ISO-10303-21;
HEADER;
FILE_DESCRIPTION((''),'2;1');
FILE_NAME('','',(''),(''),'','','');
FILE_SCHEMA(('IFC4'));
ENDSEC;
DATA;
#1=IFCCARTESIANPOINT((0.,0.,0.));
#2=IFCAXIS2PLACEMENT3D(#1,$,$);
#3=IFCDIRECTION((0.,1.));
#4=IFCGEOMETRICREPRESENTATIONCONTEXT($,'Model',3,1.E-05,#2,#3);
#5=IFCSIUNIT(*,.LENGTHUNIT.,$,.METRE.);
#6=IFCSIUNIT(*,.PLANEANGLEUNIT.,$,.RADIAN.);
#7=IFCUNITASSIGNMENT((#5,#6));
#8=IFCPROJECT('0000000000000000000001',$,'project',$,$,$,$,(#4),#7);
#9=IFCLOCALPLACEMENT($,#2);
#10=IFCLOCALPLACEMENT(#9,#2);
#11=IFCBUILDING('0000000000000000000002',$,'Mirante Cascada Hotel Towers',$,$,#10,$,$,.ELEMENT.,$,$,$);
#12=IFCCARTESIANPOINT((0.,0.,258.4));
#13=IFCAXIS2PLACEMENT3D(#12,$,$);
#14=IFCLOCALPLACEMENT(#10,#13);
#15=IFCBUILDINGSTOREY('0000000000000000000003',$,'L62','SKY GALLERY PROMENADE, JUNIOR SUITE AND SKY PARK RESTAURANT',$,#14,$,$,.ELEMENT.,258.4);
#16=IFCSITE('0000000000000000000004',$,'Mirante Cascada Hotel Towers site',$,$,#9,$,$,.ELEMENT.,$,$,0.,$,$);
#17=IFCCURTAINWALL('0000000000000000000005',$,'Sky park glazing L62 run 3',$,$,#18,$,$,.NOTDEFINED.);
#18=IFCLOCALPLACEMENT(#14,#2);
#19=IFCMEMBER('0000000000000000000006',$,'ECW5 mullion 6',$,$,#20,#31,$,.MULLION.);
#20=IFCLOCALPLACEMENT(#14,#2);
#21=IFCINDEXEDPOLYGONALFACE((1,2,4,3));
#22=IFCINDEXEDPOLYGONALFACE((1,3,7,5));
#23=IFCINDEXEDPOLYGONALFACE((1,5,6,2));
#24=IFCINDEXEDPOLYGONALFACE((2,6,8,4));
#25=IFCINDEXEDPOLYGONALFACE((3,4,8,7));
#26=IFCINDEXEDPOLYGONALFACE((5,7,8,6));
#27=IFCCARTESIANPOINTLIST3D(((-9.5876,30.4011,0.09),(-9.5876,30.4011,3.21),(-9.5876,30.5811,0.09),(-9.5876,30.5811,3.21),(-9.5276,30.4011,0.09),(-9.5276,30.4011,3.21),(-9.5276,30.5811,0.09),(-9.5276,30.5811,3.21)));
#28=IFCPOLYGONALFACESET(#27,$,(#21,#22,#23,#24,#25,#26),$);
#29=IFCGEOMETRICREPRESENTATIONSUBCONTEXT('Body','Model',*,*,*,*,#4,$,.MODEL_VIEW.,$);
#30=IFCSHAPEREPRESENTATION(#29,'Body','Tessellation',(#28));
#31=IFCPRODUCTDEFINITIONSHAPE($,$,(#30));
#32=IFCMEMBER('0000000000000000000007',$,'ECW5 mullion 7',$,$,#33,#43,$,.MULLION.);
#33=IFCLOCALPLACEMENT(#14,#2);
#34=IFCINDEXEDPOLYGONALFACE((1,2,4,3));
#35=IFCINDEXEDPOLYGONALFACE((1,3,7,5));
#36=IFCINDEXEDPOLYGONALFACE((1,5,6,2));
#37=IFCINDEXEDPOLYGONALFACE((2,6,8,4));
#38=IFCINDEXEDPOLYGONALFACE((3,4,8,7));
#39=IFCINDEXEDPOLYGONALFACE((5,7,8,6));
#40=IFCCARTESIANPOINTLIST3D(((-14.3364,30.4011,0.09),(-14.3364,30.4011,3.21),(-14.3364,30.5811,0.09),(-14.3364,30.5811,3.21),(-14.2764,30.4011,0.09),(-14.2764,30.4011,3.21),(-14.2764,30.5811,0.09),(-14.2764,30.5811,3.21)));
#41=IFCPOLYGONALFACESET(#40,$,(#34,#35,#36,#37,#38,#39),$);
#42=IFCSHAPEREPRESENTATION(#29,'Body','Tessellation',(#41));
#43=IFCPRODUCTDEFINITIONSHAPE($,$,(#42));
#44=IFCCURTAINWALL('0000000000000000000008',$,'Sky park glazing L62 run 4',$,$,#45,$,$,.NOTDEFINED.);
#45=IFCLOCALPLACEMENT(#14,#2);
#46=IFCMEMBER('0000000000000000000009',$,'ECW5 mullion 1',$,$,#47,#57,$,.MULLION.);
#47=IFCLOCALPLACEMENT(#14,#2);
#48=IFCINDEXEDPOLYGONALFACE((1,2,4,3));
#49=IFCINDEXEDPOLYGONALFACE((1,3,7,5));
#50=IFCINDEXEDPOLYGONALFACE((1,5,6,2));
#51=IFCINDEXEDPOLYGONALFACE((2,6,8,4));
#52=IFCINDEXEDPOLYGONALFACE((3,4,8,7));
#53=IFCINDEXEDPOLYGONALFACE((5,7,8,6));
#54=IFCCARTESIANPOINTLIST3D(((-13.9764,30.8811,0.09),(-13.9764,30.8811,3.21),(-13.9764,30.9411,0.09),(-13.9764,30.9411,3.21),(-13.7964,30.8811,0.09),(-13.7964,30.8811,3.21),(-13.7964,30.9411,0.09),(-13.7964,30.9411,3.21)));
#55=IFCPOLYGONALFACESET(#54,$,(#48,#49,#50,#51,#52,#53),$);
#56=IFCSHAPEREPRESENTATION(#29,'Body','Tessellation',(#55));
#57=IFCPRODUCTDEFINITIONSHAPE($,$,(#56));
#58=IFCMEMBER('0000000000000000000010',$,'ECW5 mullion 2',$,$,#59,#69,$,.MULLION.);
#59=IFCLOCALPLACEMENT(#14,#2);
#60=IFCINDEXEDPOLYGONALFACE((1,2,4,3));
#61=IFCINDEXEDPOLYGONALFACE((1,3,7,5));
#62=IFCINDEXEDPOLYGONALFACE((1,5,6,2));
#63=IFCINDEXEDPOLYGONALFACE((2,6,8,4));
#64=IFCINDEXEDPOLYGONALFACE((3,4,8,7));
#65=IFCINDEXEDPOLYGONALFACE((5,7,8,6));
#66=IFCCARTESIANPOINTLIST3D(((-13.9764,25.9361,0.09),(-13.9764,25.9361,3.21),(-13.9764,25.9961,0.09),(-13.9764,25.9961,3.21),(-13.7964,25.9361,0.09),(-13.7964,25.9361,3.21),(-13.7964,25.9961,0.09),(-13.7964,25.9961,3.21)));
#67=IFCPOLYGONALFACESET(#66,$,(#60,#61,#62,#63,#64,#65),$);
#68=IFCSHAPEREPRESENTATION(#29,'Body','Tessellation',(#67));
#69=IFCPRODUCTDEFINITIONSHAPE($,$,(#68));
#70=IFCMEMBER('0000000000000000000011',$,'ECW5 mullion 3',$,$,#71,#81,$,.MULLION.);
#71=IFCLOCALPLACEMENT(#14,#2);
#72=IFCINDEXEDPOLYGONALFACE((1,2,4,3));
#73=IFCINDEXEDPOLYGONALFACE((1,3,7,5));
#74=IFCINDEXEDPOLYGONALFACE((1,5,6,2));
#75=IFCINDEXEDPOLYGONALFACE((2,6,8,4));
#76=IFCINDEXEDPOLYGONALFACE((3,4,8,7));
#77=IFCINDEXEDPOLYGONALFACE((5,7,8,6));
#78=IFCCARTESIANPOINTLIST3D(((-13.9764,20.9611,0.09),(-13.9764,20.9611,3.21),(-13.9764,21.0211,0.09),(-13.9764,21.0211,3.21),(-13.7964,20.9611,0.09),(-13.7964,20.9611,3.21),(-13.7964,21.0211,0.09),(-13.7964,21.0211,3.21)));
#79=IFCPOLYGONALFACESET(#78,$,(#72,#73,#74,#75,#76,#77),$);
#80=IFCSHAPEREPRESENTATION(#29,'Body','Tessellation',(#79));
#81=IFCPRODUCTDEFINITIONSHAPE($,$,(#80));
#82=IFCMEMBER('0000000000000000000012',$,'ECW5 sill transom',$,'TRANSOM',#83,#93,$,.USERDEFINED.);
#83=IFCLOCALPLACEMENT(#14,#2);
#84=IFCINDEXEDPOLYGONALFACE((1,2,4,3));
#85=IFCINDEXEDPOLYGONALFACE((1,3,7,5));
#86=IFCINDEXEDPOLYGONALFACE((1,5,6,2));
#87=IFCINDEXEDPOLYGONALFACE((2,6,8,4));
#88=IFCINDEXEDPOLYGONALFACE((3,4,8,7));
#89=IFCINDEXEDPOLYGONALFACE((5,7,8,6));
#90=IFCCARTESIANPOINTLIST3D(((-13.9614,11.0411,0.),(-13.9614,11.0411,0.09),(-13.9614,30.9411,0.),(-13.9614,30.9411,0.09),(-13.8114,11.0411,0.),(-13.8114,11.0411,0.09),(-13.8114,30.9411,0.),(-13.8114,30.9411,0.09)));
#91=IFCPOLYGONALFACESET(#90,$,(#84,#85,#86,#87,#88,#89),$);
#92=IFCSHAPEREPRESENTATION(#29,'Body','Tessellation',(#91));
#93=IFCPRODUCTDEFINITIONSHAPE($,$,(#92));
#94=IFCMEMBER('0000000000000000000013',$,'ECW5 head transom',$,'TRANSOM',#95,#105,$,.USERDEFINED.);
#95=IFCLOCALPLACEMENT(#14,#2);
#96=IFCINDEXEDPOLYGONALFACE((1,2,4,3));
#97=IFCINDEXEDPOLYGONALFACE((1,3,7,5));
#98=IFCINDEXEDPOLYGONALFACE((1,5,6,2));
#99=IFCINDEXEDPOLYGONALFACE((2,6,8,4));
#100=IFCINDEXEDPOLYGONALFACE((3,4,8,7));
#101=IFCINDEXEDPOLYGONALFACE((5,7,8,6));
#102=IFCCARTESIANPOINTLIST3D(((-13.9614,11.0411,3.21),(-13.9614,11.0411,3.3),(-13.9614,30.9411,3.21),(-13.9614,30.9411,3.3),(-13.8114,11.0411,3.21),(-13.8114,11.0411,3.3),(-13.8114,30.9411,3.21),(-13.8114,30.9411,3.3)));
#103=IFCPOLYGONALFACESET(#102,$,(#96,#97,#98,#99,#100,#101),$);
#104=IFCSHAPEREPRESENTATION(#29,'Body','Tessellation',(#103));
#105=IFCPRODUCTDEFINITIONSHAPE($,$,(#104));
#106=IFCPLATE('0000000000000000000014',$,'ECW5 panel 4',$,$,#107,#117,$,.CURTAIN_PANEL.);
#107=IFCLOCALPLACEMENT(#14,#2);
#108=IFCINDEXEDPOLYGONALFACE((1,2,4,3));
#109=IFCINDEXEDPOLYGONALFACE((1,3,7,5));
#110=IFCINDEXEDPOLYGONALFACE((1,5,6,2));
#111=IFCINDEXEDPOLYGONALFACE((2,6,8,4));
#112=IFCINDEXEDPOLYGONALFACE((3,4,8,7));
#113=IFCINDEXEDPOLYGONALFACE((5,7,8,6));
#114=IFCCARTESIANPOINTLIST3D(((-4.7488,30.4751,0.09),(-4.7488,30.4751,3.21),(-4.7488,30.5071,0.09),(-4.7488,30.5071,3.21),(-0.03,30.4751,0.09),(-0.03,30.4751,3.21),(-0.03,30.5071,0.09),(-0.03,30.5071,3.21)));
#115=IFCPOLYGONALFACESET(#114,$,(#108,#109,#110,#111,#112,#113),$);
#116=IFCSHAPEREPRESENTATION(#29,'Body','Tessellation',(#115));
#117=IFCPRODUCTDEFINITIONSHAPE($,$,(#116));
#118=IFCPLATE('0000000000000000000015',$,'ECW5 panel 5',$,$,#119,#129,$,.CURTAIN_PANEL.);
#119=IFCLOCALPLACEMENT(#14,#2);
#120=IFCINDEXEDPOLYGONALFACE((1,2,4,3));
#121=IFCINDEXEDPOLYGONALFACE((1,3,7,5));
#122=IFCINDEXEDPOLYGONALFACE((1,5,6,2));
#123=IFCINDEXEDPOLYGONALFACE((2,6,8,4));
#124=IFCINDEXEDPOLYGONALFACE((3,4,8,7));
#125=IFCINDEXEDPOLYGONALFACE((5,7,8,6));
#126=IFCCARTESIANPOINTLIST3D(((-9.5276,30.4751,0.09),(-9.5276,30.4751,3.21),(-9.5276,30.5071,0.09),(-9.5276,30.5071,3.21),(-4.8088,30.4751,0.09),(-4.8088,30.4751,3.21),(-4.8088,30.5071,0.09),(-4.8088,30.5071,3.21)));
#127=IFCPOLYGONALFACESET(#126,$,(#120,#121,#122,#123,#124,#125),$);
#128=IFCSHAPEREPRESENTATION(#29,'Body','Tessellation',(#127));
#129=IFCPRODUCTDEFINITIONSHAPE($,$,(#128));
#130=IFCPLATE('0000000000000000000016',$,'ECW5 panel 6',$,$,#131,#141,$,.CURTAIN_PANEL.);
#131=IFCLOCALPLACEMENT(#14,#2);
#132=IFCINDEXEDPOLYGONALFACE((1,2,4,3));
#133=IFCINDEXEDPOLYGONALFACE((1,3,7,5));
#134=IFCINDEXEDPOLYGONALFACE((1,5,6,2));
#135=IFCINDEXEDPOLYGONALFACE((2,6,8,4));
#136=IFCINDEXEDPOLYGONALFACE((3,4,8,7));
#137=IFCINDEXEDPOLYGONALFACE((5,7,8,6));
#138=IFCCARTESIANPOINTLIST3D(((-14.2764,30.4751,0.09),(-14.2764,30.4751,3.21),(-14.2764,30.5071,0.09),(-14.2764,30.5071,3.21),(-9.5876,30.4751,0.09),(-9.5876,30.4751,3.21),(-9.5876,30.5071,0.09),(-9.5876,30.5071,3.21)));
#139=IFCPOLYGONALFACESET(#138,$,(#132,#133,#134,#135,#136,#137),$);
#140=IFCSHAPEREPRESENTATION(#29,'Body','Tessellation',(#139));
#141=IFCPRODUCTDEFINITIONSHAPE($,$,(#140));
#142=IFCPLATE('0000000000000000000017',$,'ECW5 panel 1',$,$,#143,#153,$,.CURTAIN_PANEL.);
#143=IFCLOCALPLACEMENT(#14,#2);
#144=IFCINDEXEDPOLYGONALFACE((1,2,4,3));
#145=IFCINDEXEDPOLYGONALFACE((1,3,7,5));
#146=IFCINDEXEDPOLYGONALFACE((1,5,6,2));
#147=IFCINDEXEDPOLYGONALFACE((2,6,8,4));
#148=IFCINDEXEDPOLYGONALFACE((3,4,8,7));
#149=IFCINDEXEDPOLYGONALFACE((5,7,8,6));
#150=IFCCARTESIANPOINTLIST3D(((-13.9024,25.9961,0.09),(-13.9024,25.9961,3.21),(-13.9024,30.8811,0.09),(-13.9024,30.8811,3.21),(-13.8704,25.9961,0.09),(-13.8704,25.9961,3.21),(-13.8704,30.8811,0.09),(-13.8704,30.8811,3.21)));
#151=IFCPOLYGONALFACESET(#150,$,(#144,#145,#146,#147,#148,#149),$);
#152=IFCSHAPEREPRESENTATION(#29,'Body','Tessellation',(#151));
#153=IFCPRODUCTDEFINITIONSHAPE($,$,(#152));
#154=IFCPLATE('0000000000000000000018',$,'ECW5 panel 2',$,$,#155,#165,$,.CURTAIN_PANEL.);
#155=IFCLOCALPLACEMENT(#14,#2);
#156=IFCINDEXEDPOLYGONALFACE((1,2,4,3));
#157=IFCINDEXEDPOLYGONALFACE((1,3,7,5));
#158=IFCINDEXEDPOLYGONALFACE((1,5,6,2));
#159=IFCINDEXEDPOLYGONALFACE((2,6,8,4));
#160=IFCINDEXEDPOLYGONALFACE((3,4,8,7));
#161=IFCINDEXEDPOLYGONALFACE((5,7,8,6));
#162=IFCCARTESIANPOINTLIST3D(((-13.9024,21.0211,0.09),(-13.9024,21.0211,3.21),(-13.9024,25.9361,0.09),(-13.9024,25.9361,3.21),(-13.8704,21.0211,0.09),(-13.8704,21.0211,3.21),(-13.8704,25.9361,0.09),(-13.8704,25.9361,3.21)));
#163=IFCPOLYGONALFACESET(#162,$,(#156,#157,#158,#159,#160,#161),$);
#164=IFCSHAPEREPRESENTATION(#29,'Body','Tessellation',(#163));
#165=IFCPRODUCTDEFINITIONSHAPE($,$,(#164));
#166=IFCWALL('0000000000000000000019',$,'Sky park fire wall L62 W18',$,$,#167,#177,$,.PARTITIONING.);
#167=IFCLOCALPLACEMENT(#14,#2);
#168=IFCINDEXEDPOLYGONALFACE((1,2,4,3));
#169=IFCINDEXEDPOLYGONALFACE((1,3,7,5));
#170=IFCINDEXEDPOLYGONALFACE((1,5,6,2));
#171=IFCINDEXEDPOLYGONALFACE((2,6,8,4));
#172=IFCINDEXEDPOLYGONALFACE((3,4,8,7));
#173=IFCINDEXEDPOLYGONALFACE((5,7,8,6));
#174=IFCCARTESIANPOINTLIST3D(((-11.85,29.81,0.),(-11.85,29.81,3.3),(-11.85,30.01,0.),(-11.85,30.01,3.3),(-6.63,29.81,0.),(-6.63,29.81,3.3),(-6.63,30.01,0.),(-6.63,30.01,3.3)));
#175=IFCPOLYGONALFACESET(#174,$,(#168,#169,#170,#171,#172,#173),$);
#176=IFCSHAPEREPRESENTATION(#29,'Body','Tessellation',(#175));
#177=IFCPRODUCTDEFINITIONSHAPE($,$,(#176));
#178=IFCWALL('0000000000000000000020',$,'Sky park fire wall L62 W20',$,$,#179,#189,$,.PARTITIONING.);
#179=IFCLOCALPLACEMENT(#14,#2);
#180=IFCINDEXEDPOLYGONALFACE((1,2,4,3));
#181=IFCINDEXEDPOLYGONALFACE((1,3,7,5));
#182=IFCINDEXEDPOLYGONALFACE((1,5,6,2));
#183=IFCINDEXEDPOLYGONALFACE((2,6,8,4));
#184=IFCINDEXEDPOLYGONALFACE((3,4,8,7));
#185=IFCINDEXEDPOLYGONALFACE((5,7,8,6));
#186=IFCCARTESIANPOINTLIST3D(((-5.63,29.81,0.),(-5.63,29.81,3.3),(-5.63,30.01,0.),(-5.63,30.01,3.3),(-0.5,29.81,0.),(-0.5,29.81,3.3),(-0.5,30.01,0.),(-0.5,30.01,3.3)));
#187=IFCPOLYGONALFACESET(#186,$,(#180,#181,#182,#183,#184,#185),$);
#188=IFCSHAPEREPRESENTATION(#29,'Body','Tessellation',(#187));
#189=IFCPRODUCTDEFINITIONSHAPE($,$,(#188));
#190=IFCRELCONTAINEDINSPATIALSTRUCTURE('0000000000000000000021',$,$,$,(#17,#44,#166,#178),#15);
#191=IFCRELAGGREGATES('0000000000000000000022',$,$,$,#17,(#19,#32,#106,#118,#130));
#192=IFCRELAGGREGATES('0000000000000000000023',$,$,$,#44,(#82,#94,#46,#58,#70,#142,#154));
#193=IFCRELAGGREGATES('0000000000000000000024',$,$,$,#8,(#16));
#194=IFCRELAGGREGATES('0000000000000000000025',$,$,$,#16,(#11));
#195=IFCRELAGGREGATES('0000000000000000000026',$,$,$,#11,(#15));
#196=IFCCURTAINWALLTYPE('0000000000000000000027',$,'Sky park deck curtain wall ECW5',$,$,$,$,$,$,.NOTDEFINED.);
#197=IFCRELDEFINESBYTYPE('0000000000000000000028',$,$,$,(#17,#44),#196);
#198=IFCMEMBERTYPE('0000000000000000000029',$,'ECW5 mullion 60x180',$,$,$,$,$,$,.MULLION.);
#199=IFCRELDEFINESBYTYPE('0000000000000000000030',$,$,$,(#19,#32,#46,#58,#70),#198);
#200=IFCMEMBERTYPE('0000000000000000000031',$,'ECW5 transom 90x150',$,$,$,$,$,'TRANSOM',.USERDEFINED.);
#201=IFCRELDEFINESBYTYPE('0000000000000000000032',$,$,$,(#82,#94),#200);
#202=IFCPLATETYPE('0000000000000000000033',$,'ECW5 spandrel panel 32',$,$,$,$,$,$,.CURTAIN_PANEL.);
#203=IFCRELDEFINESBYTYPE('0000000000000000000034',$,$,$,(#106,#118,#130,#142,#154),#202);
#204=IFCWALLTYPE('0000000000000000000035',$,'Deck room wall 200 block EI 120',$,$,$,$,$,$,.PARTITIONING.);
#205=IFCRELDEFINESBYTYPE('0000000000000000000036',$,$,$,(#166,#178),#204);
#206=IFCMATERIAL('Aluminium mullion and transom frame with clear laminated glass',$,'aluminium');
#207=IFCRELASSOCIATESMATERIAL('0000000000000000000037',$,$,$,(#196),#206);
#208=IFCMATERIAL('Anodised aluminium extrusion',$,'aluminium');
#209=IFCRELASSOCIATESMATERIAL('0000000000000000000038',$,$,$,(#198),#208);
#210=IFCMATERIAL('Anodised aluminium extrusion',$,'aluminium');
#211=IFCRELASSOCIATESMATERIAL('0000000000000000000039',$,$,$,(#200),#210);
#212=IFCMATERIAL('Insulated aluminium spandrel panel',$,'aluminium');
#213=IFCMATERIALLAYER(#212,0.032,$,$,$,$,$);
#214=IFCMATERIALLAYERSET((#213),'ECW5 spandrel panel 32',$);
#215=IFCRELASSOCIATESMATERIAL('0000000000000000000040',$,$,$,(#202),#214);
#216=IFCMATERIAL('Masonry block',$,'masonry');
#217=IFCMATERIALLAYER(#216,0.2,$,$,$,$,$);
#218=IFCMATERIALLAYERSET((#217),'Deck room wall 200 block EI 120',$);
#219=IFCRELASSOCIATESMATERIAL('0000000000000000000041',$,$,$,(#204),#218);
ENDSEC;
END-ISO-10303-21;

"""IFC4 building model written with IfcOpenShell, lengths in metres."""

from ifc_helpers import new_model, si_unit, direction, frame, frame_2d, origin, origin_2d, place, context, subcontext, project, spatial, rectangle, extrude, material, layer, layer_set, material_profile, profile_set, type_object, element, aggregate, save


model = new_model("IFC4")

# Units and contexts
model_context = context("Model", 3, precision=1e-05, world=origin(), true_north=direction((0.0, 1.0)))
body_context = subcontext(model_context, "Body", "Model", "MODEL_VIEW")
ifc_project = project(units=[si_unit("LENGTHUNIT", "METRE"), si_unit("PLANEANGLEUNIT", "RADIAN")], contexts=[model_context])

# Site, building, storey
site_placement = place(None, origin())
site = spatial("IfcSite", under=ifc_project, at=site_placement, Name="Mirante Cascada Hotel Towers site", CompositionType="ELEMENT", RefElevation=0.0)
building_placement = place(site_placement, origin())
building = spatial("IfcBuilding", under=site, at=building_placement, Name="Mirante Cascada Hotel Towers", CompositionType="ELEMENT")
storey_placement = place(building_placement, frame((0.0, 0.0, 258.4)))
storey = spatial("IfcBuildingStorey", under=building, at=storey_placement, Name="L62", Description="SKY GALLERY PROMENADE, JUNIOR SUITE AND SKY PARK RESTAURANT", CompositionType="ELEMENT", Elevation=258.4)

# Curtain walls, members
ifc_material_1 = material(Name="Aluminium mullion and transom frame with clear laminated glass", Category="aluminium")
curtain_wall_type = type_object("IfcCurtainWallType", Name="Sky park deck curtain wall ECW5", PredefinedType="NOTDEFINED", material=ifc_material_1)
curtain_wall_1_placement = place(storey_placement, origin())
curtain_wall_1 = element("IfcCurtainWall", 1, at=curtain_wall_1_placement, inside=storey, type_object=curtain_wall_type, Name="Sky park glazing L62 run 3", PredefinedType="NOTDEFINED")
ifc_material_2 = material(Name="Anodised aluminium extrusion", Category="aluminium")
ifc_material_profile_1 = material_profile(ifc_material_2, rectangle(XDim=0.18, YDim=0.06, at=origin_2d()), Name="ECW5 MULLION 60x180")
ifc_profile_set_1 = profile_set([ifc_material_profile_1], Name="Anodised aluminium extrusion")
member_type_1 = type_object("IfcMemberType", Name="ECW5 mullion 60x180", PredefinedType="MULLION", material=ifc_profile_set_1)
member_1_placement = place(storey_placement, frame((-9.5576, 30.4911, 0.09), z_axis=(0.0, 0.0, 1.0), x_axis=(0.0, -1.0, 0.0)))
member_1 = element("IfcMember", 2, at=member_1_placement, type_object=member_type_1, Name="ECW5 mullion 6", PredefinedType="MULLION", context=body_context, shape_type="SweptSolid", body=[
    extrude(rectangle(XDim=0.18, YDim=0.06, at=origin_2d()), origin(), (0.0, 0.0, 1.0), 3.12),
])
member_2_placement = place(storey_placement, frame((-14.3064, 30.4911, 0.09), z_axis=(0.0, 0.0, 1.0), x_axis=(0.0, -1.0, 0.0)))
member_2 = element("IfcMember", 3, at=member_2_placement, type_object=member_type_1, Name="ECW5 mullion 7", PredefinedType="MULLION", context=body_context, shape_type="SweptSolid", body=[
    extrude(rectangle(XDim=0.18, YDim=0.06, at=origin_2d()), origin(), (0.0, 0.0, 1.0), 3.12),
])
curtain_wall_2_placement = place(storey_placement, origin())
curtain_wall_2 = element("IfcCurtainWall", 4, at=curtain_wall_2_placement, inside=storey, type_object=curtain_wall_type, Name="Sky park glazing L62 run 4", PredefinedType="NOTDEFINED")
member_3_placement = place(storey_placement, frame((-13.8864, 30.9111, 0.09), z_axis=(0.0, 0.0, 1.0), x_axis=(1.0, 0.0, 0.0)))
member_3 = element("IfcMember", 5, at=member_3_placement, type_object=member_type_1, Name="ECW5 mullion 1", PredefinedType="MULLION", context=body_context, shape_type="SweptSolid", body=[
    extrude(rectangle(XDim=0.18, YDim=0.06, at=origin_2d()), origin(), (0.0, 0.0, 1.0), 3.12),
])
member_4_placement = place(storey_placement, frame((-13.8864, 25.9661, 0.09), z_axis=(0.0, 0.0, 1.0), x_axis=(1.0, 0.0, 0.0)))
member_4 = element("IfcMember", 6, at=member_4_placement, type_object=member_type_1, Name="ECW5 mullion 2", PredefinedType="MULLION", context=body_context, shape_type="SweptSolid", body=[
    extrude(rectangle(XDim=0.18, YDim=0.06, at=origin_2d()), origin(), (0.0, 0.0, 1.0), 3.12),
])
member_5_placement = place(storey_placement, frame((-13.8864, 20.9911, 0.09), z_axis=(0.0, 0.0, 1.0), x_axis=(1.0, 0.0, 0.0)))
member_5 = element("IfcMember", 7, at=member_5_placement, type_object=member_type_1, Name="ECW5 mullion 3", PredefinedType="MULLION", context=body_context, shape_type="SweptSolid", body=[
    extrude(rectangle(XDim=0.18, YDim=0.06, at=origin_2d()), origin(), (0.0, 0.0, 1.0), 3.12),
])
ifc_material_3 = material(Name="Anodised aluminium extrusion", Category="aluminium")
ifc_material_profile_2 = material_profile(ifc_material_3, rectangle(XDim=0.15, YDim=0.09, at=origin_2d()), Name="ECW5 TRANSOM 90x150")
ifc_profile_set_2 = profile_set([ifc_material_profile_2], Name="Anodised aluminium extrusion")
member_type_2 = type_object("IfcMemberType", Name="ECW5 transom 90x150", ElementType="TRANSOM", PredefinedType="USERDEFINED", material=ifc_profile_set_2)
member_6_placement = place(storey_placement, frame((-13.8864, 30.9411, 0.045), z_axis=(0.0, -1.0, 0.0), x_axis=(1.0, 0.0, 0.0)))
member_6 = element("IfcMember", 8, at=member_6_placement, type_object=member_type_2, Name="ECW5 sill transom", ObjectType="TRANSOM", PredefinedType="USERDEFINED", context=body_context, shape_type="SweptSolid", body=[
    extrude(rectangle(XDim=0.15, YDim=0.09, at=origin_2d()), origin(), (0.0, 0.0, 1.0), 19.9),
])
member_7_placement = place(storey_placement, frame((-13.8864, 30.9411, 3.255), z_axis=(0.0, -1.0, 0.0), x_axis=(1.0, 0.0, 0.0)))
member_7 = element("IfcMember", 9, at=member_7_placement, type_object=member_type_2, Name="ECW5 head transom", ObjectType="TRANSOM", PredefinedType="USERDEFINED", context=body_context, shape_type="SweptSolid", body=[
    extrude(rectangle(XDim=0.15, YDim=0.09, at=origin_2d()), origin(), (0.0, 0.0, 1.0), 19.9),
])

# Plates
ifc_material_4 = material(Name="Insulated aluminium spandrel panel", Category="aluminium")
ifc_layer_1 = layer(ifc_material_4, 0.032)
ifc_layer_set_1 = layer_set([ifc_layer_1], Name="ECW5 spandrel panel 32")
plate_type = type_object("IfcPlateType", Name="ECW5 spandrel panel 32", PredefinedType="CURTAIN_PANEL", material=ifc_layer_set_1)
plate_1_placement = place(storey_placement, frame((-2.3894, 30.4911, 0.09), z_axis=(0.0, 0.0, 1.0), x_axis=(-1.0, 0.0, 0.0)))
plate_1 = element("IfcPlate", 10, at=plate_1_placement, type_object=plate_type, Name="ECW5 panel 4", PredefinedType="CURTAIN_PANEL", context=body_context, shape_type="SweptSolid", body=[
    extrude(rectangle(XDim=4.7188, YDim=0.032, at=origin_2d()), origin(), (0.0, 0.0, 1.0), 3.12),
])
plate_2_placement = place(storey_placement, frame((-7.1682, 30.4911, 0.09), z_axis=(0.0, 0.0, 1.0), x_axis=(-1.0, 0.0, 0.0)))
plate_2 = element("IfcPlate", 11, at=plate_2_placement, type_object=plate_type, Name="ECW5 panel 5", PredefinedType="CURTAIN_PANEL", context=body_context, shape_type="SweptSolid", body=[
    extrude(rectangle(XDim=4.7188, YDim=0.032, at=origin_2d()), origin(), (0.0, 0.0, 1.0), 3.12),
])
plate_3_placement = place(storey_placement, frame((-11.932, 30.4911, 0.09), z_axis=(0.0, 0.0, 1.0), x_axis=(-1.0, 0.0, 0.0)))
plate_3 = element("IfcPlate", 12, at=plate_3_placement, type_object=plate_type, Name="ECW5 panel 6", PredefinedType="CURTAIN_PANEL", context=body_context, shape_type="SweptSolid", body=[
    extrude(rectangle(XDim=4.6888, YDim=0.032, at=origin_2d()), origin(), (0.0, 0.0, 1.0), 3.12),
])
aggregate(curtain_wall_1, [member_1, member_2, plate_1, plate_2, plate_3])
plate_4_placement = place(storey_placement, frame((-13.8864, 28.4386, 0.09), z_axis=(0.0, 0.0, 1.0), x_axis=(0.0, -1.0, 0.0)))
plate_4 = element("IfcPlate", 13, at=plate_4_placement, type_object=plate_type, Name="ECW5 panel 1", PredefinedType="CURTAIN_PANEL", context=body_context, shape_type="SweptSolid", body=[
    extrude(rectangle(XDim=4.885, YDim=0.032, at=origin_2d()), origin(), (0.0, 0.0, 1.0), 3.12),
])
plate_5_placement = place(storey_placement, frame((-13.8864, 23.4786, 0.09), z_axis=(0.0, 0.0, 1.0), x_axis=(0.0, -1.0, 0.0)))
plate_5 = element("IfcPlate", 14, at=plate_5_placement, type_object=plate_type, Name="ECW5 panel 2", PredefinedType="CURTAIN_PANEL", context=body_context, shape_type="SweptSolid", body=[
    extrude(rectangle(XDim=4.915, YDim=0.032, at=origin_2d()), origin(), (0.0, 0.0, 1.0), 3.12),
])
aggregate(curtain_wall_2, [member_6, member_7, member_3, member_4, member_5, plate_4, plate_5])

# Walls
ifc_material_5 = material(Name="Masonry block", Category="masonry")
ifc_layer_2 = layer(ifc_material_5, 0.2)
ifc_layer_set_2 = layer_set([ifc_layer_2], Name="Deck room wall 200 block EI 120")
wall_type = type_object("IfcWallType", Name="Deck room wall 200 block EI 120", PredefinedType="PARTITIONING", material=ifc_layer_set_2)
wall_1_placement = place(storey_placement, frame((-11.85, 29.91, 0.0), z_axis=(0.0, 0.0, 1.0), x_axis=(1.0, 0.0, 0.0)))
element("IfcWall", 15, at=wall_1_placement, inside=storey, type_object=wall_type, Name="Sky park fire wall L62 W18", PredefinedType="PARTITIONING", context=body_context, shape_type="SweptSolid", body=[
    extrude(rectangle(XDim=5.22, YDim=0.2, at=frame_2d((2.61, 0.0))), origin(), (0.0, 0.0, 1.0), 3.3),
])
wall_2_placement = place(storey_placement, frame((-5.63, 29.91, 0.0), z_axis=(0.0, 0.0, 1.0), x_axis=(1.0, 0.0, 0.0)))
element("IfcWall", 16, at=wall_2_placement, inside=storey, type_object=wall_type, Name="Sky park fire wall L62 W20", PredefinedType="PARTITIONING", context=body_context, shape_type="SweptSolid", body=[
    extrude(rectangle(XDim=5.13, YDim=0.2, at=frame_2d((2.565, 0.0))), origin(), (0.0, 0.0, 1.0), 3.3),
])

save(model, "model.ifc")
